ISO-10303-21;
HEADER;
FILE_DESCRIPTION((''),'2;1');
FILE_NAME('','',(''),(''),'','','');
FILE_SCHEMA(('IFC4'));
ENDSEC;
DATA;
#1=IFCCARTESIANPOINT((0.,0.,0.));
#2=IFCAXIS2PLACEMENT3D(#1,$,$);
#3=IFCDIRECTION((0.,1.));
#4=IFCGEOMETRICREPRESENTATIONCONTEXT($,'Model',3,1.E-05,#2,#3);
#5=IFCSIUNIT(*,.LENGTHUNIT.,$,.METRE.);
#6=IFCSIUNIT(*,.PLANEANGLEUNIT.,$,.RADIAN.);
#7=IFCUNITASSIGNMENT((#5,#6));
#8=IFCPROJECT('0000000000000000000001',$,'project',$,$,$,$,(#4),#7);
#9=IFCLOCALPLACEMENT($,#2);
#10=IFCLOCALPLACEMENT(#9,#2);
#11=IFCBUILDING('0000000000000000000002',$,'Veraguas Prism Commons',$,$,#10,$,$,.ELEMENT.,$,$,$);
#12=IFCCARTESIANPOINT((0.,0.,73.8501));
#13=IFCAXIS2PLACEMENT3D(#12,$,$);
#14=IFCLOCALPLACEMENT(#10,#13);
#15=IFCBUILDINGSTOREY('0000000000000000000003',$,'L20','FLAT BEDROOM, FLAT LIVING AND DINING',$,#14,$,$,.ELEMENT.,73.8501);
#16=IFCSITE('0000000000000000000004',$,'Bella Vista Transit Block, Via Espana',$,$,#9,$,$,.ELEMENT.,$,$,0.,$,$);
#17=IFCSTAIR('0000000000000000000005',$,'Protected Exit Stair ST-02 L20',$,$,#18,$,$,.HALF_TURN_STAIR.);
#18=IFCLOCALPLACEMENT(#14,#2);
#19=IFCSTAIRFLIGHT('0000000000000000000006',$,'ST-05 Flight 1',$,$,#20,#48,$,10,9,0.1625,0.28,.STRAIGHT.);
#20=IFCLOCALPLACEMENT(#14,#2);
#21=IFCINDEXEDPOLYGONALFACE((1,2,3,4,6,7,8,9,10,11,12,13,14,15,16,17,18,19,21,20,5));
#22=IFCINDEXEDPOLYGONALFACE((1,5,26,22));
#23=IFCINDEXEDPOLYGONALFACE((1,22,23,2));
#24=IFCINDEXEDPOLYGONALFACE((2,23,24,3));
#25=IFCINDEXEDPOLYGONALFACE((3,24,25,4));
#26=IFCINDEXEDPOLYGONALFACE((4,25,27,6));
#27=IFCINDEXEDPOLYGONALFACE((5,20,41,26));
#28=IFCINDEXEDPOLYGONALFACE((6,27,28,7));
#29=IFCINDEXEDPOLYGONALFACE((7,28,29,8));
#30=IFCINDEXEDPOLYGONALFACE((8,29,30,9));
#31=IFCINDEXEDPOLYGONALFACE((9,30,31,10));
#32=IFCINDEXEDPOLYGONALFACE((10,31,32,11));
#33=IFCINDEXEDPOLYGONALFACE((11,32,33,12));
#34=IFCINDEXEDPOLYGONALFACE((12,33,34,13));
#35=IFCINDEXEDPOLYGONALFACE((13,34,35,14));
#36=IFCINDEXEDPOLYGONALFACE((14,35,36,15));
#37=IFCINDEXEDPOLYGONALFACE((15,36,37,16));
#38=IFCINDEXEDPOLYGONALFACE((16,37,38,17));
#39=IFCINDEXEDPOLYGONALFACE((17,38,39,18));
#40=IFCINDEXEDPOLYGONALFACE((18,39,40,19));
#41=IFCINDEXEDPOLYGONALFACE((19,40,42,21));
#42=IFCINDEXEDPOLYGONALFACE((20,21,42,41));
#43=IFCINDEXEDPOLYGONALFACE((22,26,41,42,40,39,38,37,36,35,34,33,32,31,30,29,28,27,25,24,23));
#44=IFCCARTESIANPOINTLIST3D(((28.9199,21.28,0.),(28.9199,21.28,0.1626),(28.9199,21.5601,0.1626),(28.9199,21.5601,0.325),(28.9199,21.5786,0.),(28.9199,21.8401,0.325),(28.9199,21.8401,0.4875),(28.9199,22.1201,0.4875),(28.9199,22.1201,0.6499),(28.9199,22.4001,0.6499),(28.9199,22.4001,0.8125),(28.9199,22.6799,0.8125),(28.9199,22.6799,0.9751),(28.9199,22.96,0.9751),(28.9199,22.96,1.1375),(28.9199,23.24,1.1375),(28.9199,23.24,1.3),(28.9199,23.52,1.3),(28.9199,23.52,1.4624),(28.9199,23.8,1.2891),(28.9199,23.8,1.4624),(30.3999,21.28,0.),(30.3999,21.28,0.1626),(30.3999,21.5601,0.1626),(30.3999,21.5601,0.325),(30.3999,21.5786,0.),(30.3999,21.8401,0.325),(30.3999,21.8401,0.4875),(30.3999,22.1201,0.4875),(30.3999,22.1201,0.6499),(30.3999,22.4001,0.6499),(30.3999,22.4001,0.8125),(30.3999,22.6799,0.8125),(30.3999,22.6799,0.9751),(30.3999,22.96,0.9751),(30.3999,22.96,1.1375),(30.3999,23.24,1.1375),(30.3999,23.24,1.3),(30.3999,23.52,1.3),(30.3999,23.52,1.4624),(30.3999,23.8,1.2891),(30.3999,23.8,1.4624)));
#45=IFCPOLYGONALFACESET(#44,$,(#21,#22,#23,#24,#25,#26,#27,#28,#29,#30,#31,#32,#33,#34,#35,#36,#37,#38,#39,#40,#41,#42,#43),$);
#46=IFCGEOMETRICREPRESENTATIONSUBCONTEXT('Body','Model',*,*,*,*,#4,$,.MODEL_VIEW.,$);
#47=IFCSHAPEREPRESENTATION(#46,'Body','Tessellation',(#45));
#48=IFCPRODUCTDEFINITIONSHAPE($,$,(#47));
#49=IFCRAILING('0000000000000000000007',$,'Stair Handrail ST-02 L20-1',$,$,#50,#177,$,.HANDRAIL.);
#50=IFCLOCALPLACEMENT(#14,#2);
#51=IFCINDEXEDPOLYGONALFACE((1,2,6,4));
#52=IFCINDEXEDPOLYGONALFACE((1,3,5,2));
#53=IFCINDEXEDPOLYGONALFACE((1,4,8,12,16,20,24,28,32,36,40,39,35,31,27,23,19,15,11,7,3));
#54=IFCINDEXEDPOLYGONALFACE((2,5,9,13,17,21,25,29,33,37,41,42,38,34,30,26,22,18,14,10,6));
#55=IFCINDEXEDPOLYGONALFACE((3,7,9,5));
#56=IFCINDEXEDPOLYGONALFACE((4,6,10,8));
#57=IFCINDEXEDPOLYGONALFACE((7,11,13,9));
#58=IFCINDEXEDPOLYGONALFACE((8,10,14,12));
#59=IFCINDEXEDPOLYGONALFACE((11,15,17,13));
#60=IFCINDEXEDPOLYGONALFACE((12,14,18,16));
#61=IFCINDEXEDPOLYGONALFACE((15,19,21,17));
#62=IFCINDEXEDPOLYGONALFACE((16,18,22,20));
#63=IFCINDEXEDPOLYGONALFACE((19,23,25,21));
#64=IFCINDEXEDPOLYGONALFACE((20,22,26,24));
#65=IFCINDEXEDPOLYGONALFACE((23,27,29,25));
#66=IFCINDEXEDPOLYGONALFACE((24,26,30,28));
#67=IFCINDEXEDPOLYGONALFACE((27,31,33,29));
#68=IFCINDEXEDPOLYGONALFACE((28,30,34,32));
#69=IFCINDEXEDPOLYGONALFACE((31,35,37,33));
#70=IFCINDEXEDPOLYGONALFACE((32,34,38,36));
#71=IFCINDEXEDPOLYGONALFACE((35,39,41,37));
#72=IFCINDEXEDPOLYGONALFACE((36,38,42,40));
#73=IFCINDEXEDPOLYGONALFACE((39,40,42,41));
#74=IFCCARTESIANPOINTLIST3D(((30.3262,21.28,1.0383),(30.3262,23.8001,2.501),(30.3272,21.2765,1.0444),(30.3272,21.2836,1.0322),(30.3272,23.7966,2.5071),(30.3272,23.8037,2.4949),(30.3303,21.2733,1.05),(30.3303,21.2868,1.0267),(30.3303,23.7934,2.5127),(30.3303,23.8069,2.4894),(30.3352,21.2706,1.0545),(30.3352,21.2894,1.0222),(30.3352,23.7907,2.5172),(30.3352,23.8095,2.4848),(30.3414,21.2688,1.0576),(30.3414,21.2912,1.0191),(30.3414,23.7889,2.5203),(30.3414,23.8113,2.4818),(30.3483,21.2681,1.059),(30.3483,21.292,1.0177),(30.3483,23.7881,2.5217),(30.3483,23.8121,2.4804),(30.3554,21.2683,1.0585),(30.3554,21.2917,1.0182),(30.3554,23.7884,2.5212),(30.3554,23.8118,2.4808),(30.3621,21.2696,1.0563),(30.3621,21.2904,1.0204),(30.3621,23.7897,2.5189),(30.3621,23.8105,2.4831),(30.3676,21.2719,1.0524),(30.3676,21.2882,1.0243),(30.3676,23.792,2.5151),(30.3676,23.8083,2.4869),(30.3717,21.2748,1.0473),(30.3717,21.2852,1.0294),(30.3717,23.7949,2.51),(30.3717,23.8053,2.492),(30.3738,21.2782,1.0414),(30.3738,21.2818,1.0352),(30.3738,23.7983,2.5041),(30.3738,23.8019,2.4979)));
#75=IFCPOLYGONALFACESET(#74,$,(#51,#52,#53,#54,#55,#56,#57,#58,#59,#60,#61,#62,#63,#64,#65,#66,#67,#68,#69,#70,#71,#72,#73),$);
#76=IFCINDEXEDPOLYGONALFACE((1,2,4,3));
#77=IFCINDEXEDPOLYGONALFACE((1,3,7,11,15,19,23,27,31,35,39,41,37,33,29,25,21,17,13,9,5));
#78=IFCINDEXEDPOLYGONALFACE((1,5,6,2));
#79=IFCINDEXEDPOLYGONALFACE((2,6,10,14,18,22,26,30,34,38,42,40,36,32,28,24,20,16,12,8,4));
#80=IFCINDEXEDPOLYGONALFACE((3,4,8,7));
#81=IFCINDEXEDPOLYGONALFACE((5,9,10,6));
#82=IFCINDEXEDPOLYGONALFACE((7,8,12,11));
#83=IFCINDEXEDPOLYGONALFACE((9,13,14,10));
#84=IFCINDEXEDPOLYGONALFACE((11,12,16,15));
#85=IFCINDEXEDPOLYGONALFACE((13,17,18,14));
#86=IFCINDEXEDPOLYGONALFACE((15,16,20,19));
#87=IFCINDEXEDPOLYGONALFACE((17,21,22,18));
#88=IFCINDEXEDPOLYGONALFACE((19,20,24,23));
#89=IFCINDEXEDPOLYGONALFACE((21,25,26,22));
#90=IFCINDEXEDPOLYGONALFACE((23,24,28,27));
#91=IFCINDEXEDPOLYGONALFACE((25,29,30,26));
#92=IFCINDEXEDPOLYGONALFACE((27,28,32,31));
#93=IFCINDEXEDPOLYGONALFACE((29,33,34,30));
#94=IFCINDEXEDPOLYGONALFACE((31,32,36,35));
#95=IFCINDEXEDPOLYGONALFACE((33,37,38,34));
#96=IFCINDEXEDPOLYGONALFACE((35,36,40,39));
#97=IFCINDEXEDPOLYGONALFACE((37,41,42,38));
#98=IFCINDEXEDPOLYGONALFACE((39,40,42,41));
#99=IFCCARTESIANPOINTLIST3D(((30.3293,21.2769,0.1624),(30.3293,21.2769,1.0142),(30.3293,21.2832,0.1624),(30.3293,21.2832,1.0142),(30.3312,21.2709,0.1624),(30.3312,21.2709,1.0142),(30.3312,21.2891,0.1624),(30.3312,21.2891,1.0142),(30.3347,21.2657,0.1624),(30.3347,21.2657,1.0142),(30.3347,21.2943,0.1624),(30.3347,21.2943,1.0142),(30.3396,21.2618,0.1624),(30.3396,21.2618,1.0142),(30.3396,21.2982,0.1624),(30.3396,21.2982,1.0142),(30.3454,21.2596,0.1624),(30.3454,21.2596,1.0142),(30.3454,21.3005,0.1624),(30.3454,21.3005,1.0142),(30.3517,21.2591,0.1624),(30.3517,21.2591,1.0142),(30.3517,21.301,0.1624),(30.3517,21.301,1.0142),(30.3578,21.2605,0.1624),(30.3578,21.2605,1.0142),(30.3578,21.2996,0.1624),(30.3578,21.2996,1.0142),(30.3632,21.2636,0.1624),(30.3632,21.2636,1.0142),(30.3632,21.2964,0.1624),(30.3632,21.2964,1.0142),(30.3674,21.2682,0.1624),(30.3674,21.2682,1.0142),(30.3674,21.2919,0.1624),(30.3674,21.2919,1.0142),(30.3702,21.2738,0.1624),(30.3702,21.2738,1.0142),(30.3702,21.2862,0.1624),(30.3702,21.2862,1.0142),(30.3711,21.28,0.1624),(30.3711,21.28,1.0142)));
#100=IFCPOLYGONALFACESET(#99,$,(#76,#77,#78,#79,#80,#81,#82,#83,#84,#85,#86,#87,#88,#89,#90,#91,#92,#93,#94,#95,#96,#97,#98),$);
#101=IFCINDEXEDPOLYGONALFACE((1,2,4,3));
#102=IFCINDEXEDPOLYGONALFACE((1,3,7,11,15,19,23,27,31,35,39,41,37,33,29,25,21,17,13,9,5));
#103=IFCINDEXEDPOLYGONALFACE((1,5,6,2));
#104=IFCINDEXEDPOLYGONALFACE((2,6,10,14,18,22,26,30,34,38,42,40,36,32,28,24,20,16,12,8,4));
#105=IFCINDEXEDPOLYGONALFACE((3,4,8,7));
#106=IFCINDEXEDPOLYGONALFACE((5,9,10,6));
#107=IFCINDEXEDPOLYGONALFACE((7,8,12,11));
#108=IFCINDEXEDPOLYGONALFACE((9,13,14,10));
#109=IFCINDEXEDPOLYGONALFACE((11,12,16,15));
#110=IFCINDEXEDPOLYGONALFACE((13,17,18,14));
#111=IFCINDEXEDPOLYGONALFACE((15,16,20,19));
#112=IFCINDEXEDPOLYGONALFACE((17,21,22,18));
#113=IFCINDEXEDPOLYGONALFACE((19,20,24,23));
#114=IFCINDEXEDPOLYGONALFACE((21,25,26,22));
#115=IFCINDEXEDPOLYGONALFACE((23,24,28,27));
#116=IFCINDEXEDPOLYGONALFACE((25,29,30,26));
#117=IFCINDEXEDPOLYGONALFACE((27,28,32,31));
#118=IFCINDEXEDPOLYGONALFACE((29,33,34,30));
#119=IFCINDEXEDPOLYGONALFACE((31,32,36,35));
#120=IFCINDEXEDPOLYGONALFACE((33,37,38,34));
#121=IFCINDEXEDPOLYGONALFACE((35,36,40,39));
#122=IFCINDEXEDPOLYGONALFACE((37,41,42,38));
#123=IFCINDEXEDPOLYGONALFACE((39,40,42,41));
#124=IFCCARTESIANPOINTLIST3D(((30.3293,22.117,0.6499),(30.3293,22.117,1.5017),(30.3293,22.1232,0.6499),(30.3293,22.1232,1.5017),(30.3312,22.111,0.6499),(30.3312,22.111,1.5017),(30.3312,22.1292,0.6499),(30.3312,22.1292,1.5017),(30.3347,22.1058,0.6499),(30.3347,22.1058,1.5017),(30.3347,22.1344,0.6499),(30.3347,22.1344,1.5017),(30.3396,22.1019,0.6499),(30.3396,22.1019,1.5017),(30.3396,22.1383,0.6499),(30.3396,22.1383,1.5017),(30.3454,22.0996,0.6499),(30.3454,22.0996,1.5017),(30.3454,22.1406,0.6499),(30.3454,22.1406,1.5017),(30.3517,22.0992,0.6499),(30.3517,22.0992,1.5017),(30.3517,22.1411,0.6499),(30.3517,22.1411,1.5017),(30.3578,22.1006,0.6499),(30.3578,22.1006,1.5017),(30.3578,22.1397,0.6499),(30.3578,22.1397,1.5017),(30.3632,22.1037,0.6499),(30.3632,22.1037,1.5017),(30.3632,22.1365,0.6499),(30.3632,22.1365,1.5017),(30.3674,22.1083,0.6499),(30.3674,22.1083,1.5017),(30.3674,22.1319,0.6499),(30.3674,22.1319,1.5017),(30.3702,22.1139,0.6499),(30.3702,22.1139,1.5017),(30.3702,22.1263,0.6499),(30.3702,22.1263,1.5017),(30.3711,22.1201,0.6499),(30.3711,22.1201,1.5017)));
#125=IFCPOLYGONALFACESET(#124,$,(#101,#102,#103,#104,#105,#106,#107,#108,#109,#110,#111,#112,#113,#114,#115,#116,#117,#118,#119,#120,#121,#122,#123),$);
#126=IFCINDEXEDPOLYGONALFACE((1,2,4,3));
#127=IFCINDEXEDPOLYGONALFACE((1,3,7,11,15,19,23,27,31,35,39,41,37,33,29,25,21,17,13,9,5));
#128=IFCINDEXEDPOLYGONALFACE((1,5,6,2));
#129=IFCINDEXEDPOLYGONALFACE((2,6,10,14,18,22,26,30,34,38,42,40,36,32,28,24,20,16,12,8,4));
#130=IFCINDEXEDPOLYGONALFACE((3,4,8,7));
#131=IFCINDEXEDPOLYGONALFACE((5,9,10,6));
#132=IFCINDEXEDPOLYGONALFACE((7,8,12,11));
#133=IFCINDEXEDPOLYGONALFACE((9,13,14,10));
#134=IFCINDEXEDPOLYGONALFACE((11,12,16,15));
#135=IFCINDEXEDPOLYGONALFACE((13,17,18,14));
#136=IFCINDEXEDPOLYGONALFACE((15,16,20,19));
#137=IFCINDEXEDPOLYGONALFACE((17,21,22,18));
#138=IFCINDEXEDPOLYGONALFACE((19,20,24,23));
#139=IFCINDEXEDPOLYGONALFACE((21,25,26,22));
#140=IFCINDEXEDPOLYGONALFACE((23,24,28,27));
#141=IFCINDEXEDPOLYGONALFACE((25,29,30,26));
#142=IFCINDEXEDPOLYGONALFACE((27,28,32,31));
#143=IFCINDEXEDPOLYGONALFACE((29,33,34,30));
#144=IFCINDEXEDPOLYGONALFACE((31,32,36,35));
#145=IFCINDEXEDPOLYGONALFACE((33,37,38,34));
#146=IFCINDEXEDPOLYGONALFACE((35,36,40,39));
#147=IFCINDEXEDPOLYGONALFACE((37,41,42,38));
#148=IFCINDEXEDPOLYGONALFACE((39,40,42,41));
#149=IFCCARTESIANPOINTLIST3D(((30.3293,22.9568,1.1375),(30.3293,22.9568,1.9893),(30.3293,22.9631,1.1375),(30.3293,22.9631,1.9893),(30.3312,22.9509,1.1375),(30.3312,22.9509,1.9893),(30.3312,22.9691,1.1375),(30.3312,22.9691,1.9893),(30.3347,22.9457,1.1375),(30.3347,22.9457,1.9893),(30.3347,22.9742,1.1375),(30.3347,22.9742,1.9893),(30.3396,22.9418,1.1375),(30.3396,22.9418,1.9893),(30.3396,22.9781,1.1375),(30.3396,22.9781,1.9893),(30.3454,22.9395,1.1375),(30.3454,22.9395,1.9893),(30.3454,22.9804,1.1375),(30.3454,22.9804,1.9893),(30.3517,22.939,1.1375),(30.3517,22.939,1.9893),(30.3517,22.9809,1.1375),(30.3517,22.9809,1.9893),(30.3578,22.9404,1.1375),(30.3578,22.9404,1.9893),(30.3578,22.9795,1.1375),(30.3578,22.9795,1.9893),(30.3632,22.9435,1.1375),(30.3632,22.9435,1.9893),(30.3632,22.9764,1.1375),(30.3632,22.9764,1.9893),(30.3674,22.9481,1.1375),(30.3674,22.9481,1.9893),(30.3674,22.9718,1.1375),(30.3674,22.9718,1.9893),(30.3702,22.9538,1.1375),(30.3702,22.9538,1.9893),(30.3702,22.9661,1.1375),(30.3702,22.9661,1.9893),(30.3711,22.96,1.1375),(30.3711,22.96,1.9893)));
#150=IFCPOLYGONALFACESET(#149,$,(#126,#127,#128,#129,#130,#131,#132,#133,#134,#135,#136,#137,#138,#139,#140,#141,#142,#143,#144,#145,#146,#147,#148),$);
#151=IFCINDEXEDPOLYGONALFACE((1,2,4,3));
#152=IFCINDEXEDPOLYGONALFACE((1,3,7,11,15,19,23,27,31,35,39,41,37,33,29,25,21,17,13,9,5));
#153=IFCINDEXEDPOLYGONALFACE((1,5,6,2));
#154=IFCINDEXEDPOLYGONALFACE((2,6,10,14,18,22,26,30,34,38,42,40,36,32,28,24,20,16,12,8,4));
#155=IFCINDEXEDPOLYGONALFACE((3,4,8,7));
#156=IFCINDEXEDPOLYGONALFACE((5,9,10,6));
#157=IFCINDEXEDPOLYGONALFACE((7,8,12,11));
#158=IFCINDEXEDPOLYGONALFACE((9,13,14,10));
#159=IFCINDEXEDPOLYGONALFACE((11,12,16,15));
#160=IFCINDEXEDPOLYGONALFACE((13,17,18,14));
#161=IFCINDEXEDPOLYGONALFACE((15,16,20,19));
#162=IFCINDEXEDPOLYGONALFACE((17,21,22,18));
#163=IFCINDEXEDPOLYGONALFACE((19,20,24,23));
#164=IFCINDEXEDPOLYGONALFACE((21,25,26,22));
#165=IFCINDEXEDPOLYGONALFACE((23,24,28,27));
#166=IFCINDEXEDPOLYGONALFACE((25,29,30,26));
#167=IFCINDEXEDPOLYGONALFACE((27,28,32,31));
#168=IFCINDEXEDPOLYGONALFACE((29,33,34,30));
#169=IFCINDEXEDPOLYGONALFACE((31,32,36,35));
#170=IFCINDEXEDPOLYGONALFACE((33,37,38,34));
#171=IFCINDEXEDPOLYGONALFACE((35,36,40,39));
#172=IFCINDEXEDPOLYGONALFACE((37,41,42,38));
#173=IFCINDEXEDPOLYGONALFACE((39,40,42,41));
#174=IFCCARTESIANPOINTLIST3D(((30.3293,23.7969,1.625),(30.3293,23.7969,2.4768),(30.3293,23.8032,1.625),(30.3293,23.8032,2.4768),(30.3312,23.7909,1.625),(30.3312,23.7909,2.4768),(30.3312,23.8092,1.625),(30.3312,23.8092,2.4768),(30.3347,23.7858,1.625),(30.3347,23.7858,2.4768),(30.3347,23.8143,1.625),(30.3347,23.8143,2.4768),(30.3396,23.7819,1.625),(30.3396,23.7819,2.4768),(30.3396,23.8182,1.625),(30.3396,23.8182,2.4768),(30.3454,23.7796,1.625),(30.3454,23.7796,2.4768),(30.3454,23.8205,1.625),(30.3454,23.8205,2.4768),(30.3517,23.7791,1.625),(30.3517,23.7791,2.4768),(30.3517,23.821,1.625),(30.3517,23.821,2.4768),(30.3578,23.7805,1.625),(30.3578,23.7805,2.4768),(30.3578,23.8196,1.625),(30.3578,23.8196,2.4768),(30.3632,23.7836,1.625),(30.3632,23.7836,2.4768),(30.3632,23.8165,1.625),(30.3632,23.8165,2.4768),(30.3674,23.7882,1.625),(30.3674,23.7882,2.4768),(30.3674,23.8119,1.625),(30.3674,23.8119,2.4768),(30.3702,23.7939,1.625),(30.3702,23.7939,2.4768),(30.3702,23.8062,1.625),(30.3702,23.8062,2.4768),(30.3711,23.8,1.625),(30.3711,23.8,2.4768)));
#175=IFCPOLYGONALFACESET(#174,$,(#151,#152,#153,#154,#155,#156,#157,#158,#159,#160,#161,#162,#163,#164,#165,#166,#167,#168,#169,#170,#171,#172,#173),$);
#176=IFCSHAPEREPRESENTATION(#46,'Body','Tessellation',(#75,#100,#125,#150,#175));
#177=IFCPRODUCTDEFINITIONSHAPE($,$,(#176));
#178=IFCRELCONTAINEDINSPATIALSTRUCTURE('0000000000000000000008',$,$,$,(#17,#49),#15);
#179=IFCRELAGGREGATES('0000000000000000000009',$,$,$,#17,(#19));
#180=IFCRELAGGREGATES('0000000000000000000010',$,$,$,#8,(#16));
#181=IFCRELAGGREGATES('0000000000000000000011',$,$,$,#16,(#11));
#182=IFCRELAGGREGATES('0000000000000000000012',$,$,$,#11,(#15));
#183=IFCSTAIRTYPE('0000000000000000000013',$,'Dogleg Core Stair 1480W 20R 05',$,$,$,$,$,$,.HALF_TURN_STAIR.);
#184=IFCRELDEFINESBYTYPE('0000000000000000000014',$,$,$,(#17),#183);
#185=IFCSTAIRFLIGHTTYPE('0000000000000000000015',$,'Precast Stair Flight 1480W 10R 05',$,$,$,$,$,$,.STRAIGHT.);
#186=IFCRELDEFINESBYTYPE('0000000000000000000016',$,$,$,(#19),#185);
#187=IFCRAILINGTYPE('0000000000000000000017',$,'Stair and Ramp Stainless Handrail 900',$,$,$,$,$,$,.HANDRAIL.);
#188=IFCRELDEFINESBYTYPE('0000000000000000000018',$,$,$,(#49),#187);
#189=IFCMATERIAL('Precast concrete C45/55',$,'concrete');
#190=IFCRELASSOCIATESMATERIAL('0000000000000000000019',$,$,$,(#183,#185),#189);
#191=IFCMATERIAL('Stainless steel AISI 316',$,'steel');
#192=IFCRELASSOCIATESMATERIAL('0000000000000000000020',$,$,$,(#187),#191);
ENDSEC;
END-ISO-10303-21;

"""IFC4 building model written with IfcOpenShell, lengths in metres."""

from ifc_helpers import new_model, si_unit, direction, frame, origin, origin_2d, place, context, subcontext, project, spatial, polyline, circle, outline, extrude, material, type_object, element, aggregate, save


model = new_model("IFC4")

# Units and contexts
model_context = context("Model", 3, precision=1e-05, world=origin(), true_north=direction((0.0, 1.0)))
body_context = subcontext(model_context, "Body", "Model", "MODEL_VIEW")
ifc_project = project(units=[si_unit("LENGTHUNIT", "METRE"), si_unit("PLANEANGLEUNIT", "RADIAN")], contexts=[model_context])

# Site, building, storey
site_placement = place(None, origin())
site = spatial("IfcSite", under=ifc_project, at=site_placement, Name="Bella Vista Transit Block, Via Espana", CompositionType="ELEMENT", RefElevation=0.0)
building_placement = place(site_placement, origin())
building = spatial("IfcBuilding", under=site, at=building_placement, Name="Veraguas Prism Commons", CompositionType="ELEMENT")
storey_placement = place(building_placement, frame((0.0, 0.0, 73.8501)))
storey = spatial("IfcBuildingStorey", under=building, at=storey_placement, Name="L20", Description="FLAT BEDROOM, FLAT LIVING AND DINING", CompositionType="ELEMENT", Elevation=73.8501)

# Shared definitions
ifc_material_1 = material(Name="Stainless steel AISI 316", Category="steel")

# Stair, stair flight
ifc_material_2 = material(Name="Precast concrete C45/55", Category="concrete")
stair_type = type_object("IfcStairType", Name="Dogleg Core Stair 1480W 20R 05", PredefinedType="HALF_TURN_STAIR", material=ifc_material_2)
stair_placement = place(storey_placement, origin())
stair = element("IfcStair", 1, at=stair_placement, inside=storey, type_object=stair_type, Name="Protected Exit Stair ST-02 L20", PredefinedType="HALF_TURN_STAIR")
stair_flight_type = type_object("IfcStairFlightType", Name="Precast Stair Flight 1480W 10R 05", PredefinedType="STRAIGHT", material=ifc_material_2)
stair_flight_placement = place(storey_placement, frame((29.6599, 21.28, 0.0), z_axis=(0.0, 0.0, 1.0), x_axis=(0.0, 1.0, 0.0)))
stair_flight = element("IfcStairFlight", 2, at=stair_flight_placement, type_object=stair_flight_type, Name="ST-05 Flight 1", NumberOfRisers=10, NumberOfTreads=9, PredefinedType="STRAIGHT", RiserHeight=0.1625, TreadLength=0.28, context=body_context, shape_type="SweptSolid", body=[
    extrude(outline(polyline([(0.0, 0.0), (0.0, 0.1626), (0.28, 0.1626), (0.28, 0.325), (0.5601, 0.325), (0.5601, 0.4875), (0.8401, 0.4875), (0.8401, 0.6499), (1.1201, 0.6499), (1.1201, 0.8125), (1.3999, 0.8125), (1.3999, 0.9751), (1.6799, 0.9751), (1.6799, 1.1375), (1.96, 1.1375), (1.96, 1.3), (2.24, 1.3), (2.24, 1.4624), (2.52, 1.4624), (2.52, 1.625), (2.52, 1.2891), (0.2986, 0.0), (0.0, 0.0)])), frame((0.0, 0.74, 0.0), z_axis=(0.0, -1.0, 0.0), x_axis=(1.0, 0.0, 0.0)), (0.0, 0.0, 1.0), 1.48),
])
aggregate(stair, [stair_flight])

# Railing
railing_type_1 = type_object("IfcRailingType", Name="Stair and Ramp Stainless Handrail 900", PredefinedType="HANDRAIL", material=ifc_material_1)
railing_1_placement = place(storey_placement, frame((30.3501, 21.28, 0.1624)))
element("IfcRailing", 3, at=railing_1_placement, inside=storey, type_object=railing_type_1, Name="Stair Handrail ST-02 L20-1", PredefinedType="HANDRAIL", context=body_context, shape_type="SweptSolid", body=[
    extrude(circle(Radius=0.0239, at=origin_2d()), frame((0.0, 0.0, 0.876), z_axis=(0.0, 0.864877, 0.501984), x_axis=(-1.0, 0.0, 0.0)), (0.0, 0.0, 1.0), 2.9138),
    extrude(circle(Radius=0.021, at=origin_2d()), origin(), (0.0, 0.0, 1.0), 0.8518),
    extrude(circle(Radius=0.021, at=origin_2d()), frame((0.0, 0.8401, 0.4875)), (0.0, 0.0, 1.0), 0.8518),
    extrude(circle(Radius=0.021, at=origin_2d()), frame((0.0, 1.6799, 0.9751)), (0.0, 0.0, 1.0), 0.8518),
    extrude(circle(Radius=0.021, at=origin_2d()), frame((0.0, 2.52, 1.4626)), (0.0, 0.0, 1.0), 0.8518),
])

save(model, "model.ifc")
